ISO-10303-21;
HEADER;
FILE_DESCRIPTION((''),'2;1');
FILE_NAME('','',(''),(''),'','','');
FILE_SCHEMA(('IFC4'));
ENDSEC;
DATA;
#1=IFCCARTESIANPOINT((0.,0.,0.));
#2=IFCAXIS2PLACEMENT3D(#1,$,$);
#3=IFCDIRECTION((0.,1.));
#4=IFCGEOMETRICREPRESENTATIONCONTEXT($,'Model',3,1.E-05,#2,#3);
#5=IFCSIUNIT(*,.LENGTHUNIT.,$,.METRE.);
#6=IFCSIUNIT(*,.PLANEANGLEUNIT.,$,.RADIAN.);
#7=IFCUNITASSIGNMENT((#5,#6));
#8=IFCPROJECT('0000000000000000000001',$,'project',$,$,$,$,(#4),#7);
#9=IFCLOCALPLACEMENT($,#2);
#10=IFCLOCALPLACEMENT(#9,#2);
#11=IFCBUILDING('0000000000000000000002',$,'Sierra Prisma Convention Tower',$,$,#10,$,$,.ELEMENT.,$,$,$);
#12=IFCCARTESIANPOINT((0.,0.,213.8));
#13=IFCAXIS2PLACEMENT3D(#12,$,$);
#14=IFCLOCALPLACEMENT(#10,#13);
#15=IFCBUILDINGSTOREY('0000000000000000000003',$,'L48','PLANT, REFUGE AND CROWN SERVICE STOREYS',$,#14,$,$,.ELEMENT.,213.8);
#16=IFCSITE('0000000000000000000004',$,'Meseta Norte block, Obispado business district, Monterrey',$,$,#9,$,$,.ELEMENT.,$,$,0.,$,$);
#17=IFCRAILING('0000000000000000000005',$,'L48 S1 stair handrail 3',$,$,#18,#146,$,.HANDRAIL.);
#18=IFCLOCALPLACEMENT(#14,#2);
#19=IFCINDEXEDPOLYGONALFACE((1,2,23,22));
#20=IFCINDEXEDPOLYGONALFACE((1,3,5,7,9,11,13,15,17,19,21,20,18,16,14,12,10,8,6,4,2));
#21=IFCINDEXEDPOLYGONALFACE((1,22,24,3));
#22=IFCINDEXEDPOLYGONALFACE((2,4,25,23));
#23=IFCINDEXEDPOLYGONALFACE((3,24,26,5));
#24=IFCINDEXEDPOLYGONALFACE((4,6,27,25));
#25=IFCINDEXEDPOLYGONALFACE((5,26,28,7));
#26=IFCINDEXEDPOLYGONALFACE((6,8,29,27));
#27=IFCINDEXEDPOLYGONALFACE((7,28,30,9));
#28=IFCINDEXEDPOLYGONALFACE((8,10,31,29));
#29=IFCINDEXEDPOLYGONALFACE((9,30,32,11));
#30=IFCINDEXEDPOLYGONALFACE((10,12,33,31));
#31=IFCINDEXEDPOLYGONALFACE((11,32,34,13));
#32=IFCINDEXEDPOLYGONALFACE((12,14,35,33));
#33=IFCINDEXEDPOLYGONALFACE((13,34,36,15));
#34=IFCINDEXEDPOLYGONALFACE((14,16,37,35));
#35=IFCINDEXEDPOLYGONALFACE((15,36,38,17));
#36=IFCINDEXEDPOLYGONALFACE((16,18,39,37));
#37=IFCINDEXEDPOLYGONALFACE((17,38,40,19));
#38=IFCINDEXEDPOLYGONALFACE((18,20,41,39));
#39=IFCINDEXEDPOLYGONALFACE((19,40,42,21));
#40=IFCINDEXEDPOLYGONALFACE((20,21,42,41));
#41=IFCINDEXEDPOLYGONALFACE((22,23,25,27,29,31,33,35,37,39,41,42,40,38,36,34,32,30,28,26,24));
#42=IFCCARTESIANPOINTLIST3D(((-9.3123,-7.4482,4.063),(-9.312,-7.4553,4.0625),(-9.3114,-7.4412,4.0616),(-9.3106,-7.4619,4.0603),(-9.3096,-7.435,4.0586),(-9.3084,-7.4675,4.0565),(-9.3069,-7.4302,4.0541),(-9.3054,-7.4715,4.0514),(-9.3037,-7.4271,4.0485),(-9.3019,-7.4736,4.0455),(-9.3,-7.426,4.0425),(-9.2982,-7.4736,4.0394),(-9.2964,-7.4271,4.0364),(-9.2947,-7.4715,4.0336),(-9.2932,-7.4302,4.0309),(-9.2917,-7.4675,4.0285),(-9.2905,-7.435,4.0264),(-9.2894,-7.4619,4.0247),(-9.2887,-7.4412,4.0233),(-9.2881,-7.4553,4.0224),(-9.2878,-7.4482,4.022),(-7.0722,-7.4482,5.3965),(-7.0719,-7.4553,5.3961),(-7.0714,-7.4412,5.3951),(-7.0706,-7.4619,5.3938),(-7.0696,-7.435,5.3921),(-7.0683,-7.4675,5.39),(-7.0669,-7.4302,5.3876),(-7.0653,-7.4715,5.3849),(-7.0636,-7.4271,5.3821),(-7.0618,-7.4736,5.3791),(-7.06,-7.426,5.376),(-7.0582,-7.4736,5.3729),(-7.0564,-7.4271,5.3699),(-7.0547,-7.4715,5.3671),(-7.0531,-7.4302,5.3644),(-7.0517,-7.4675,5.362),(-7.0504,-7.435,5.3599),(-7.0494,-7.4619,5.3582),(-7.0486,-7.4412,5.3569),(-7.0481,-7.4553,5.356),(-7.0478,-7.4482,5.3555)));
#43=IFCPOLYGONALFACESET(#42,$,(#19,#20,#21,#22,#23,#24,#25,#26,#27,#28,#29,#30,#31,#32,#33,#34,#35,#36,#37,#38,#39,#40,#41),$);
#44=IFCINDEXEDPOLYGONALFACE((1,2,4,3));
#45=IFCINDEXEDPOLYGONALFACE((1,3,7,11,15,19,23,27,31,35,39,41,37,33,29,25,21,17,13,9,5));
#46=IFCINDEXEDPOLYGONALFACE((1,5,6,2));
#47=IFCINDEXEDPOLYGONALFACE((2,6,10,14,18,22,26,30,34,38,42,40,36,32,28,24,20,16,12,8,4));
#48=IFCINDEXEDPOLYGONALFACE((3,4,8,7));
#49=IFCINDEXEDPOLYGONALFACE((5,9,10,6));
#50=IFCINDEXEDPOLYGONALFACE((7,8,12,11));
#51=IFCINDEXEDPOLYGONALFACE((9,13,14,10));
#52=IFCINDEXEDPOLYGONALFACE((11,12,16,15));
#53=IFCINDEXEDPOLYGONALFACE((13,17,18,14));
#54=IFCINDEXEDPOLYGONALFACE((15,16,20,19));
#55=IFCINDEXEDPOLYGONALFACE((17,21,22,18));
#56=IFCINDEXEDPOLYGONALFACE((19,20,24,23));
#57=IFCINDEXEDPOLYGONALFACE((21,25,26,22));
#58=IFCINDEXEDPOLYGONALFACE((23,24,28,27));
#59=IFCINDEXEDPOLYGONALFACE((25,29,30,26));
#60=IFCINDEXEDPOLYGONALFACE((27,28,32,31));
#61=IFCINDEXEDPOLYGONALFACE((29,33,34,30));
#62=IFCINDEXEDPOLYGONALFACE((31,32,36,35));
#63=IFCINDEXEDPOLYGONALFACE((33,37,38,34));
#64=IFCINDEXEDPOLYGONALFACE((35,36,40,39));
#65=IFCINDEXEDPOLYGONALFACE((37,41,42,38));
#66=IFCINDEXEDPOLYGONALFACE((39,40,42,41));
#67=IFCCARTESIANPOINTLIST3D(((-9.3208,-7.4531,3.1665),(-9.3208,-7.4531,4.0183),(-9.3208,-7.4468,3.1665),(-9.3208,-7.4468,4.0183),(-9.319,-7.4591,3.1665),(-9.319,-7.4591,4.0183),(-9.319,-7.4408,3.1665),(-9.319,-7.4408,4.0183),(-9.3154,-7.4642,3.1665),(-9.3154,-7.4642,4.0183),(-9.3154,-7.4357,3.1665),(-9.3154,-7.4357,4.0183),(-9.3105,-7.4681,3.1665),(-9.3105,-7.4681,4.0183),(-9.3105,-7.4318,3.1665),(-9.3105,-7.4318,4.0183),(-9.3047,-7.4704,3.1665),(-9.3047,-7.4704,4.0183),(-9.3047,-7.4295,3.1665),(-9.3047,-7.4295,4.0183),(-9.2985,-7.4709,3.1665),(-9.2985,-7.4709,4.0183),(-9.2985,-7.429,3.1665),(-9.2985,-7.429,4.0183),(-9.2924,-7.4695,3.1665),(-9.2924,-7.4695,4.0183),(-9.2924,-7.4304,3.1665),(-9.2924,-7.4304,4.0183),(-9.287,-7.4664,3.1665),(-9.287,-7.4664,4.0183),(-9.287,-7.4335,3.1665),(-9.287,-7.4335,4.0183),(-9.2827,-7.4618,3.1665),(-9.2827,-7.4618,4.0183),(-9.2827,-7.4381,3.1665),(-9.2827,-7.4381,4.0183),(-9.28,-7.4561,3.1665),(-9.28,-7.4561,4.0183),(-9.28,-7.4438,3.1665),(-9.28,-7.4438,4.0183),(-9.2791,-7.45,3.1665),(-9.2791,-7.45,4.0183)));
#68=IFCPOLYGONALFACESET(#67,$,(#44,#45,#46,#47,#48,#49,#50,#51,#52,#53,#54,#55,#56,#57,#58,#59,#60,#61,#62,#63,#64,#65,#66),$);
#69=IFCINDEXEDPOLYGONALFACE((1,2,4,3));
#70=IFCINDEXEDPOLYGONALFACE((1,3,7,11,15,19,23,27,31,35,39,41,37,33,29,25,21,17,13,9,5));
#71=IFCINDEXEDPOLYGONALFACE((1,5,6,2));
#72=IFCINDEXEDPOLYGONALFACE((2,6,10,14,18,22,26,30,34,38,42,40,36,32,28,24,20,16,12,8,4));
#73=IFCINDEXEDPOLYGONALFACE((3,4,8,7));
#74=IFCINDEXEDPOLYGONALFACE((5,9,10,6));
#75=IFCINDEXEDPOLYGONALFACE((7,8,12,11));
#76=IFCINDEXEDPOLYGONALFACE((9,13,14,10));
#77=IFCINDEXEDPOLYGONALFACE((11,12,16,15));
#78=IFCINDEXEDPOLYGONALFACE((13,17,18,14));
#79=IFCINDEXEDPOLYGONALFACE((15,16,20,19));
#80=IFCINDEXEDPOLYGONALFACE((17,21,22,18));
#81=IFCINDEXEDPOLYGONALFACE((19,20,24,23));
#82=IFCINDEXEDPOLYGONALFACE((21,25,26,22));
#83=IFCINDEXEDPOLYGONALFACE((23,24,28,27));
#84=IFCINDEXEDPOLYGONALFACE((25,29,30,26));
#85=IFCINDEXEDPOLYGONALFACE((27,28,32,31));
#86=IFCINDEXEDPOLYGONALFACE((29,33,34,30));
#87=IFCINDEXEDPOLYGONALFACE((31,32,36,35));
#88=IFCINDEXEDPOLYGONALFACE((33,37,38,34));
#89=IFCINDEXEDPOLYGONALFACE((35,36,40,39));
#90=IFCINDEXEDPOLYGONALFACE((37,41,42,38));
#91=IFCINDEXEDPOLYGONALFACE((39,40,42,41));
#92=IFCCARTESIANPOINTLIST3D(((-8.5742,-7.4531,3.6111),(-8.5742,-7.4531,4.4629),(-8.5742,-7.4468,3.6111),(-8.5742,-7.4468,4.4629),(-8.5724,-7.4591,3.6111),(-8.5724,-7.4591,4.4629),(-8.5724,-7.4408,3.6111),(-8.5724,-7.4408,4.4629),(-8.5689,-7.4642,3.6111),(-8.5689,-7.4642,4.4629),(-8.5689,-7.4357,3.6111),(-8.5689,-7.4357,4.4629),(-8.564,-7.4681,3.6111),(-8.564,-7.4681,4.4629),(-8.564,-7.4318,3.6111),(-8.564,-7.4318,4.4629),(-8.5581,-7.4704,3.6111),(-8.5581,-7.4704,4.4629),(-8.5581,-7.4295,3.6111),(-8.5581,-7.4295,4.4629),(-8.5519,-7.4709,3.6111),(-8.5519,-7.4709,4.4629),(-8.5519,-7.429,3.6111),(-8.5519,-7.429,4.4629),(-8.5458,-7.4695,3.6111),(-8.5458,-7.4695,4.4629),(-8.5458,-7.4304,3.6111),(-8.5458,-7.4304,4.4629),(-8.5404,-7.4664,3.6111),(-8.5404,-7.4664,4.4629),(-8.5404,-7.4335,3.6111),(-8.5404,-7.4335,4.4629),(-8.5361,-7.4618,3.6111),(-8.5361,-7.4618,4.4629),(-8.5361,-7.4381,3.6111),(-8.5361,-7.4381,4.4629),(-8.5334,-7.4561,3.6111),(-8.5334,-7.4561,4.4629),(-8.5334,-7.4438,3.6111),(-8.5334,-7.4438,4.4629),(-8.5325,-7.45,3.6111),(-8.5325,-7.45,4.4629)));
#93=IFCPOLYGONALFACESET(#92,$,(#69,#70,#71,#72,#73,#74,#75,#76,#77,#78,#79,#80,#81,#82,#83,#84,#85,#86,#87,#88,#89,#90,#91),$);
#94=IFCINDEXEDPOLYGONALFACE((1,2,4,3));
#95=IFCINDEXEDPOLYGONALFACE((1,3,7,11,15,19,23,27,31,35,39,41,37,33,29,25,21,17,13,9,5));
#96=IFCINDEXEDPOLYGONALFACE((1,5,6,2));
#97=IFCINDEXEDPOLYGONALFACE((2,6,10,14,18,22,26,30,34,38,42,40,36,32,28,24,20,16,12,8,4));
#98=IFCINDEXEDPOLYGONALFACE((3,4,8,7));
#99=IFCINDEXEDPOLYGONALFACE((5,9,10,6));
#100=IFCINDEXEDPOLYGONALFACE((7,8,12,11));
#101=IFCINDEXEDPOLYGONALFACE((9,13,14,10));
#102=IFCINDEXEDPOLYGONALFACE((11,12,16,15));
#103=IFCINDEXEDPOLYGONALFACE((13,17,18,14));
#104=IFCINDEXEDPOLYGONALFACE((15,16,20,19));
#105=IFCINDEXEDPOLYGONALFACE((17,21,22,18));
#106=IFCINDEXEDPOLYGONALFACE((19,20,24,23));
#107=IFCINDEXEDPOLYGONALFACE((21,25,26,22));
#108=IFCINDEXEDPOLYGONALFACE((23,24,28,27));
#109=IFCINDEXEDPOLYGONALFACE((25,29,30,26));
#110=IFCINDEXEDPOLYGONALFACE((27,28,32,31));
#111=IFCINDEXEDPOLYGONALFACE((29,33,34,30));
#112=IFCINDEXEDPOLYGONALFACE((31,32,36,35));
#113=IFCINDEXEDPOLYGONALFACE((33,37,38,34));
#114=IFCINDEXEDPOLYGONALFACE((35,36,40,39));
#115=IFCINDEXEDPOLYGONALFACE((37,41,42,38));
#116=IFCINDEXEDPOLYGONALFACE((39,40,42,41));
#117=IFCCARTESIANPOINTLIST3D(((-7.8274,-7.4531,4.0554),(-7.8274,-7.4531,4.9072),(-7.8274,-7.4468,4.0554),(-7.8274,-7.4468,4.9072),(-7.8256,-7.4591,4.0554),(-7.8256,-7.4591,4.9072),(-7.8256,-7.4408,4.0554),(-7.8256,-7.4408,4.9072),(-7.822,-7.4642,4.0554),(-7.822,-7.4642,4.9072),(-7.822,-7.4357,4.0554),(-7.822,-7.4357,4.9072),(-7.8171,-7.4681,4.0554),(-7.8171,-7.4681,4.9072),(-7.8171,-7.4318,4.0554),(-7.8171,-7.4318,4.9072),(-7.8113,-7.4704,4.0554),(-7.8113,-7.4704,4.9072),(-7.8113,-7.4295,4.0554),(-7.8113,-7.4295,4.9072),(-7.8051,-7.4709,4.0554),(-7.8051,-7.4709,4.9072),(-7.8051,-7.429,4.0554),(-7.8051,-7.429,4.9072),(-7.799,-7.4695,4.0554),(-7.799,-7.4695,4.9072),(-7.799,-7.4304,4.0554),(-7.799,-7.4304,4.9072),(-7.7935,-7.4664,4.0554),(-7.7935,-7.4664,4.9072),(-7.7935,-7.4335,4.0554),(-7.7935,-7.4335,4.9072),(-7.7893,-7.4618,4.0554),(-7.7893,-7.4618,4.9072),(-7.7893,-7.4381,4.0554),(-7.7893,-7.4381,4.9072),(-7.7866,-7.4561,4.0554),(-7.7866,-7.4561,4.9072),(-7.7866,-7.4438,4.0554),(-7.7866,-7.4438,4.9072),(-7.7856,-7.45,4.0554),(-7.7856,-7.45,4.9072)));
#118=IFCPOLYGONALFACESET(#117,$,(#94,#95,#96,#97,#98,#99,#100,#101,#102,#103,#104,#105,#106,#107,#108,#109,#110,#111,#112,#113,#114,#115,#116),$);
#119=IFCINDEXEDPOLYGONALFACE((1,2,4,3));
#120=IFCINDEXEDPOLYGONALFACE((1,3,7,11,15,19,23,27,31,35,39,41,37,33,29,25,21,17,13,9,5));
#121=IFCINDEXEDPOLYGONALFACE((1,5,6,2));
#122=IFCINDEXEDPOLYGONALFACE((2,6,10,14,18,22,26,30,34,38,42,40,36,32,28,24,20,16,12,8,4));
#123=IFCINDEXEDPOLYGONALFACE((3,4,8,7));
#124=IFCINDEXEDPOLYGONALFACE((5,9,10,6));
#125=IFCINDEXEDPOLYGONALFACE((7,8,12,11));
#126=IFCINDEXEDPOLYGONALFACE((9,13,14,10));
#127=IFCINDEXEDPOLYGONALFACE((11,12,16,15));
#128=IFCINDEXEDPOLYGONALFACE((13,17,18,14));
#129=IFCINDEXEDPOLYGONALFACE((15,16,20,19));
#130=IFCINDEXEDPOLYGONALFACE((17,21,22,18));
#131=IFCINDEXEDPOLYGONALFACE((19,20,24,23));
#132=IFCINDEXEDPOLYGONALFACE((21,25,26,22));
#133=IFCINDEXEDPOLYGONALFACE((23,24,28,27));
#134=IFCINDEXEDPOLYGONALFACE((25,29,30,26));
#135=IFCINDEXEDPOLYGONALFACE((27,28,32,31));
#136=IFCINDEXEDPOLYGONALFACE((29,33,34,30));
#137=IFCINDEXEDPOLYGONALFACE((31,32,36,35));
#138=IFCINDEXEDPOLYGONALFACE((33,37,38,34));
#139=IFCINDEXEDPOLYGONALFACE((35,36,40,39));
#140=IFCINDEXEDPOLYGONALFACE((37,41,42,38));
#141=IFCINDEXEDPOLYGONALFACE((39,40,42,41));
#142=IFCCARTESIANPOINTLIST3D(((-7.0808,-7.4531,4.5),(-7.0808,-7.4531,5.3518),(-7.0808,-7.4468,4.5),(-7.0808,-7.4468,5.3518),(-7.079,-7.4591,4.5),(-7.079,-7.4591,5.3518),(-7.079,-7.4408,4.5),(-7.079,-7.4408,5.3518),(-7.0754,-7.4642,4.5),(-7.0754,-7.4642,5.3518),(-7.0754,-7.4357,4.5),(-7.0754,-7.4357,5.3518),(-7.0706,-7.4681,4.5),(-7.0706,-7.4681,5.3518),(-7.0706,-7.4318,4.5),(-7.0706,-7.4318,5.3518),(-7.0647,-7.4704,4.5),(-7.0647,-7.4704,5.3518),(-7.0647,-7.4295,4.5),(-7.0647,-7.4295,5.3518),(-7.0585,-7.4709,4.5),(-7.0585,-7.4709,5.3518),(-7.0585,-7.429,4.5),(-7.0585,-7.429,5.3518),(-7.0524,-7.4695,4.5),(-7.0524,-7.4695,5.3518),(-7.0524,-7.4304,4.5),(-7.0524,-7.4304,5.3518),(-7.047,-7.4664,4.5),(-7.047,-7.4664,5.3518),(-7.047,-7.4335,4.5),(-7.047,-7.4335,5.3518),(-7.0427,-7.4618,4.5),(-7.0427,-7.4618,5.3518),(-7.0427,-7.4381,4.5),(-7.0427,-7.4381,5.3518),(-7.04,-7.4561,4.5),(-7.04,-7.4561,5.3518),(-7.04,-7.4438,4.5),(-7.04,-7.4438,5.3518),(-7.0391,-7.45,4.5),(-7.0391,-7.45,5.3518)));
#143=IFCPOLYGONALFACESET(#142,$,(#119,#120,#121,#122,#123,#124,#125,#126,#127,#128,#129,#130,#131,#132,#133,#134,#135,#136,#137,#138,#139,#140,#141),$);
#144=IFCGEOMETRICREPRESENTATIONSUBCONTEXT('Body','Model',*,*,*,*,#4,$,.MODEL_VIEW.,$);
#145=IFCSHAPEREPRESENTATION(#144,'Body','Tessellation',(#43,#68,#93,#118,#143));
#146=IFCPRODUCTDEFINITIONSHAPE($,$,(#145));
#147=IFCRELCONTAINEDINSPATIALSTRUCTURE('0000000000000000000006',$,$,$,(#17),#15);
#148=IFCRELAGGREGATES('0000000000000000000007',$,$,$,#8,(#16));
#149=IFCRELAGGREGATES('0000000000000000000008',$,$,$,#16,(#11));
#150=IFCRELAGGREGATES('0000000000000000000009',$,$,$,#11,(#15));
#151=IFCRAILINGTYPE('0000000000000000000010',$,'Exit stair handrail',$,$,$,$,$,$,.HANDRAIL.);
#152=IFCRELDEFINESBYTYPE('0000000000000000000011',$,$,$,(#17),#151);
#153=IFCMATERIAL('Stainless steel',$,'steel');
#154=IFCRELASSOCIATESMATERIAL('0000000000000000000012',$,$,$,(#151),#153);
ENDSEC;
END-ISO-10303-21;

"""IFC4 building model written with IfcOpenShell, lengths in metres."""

from ifc_helpers import new_model, si_unit, direction, frame, origin, origin_2d, place, context, subcontext, project, spatial, circle, extrude, material, type_object, element, save


model = new_model("IFC4")

# Units and contexts
model_context = context("Model", 3, precision=1e-05, world=origin(), true_north=direction((0.0, 1.0)))
body_context = subcontext(model_context, "Body", "Model", "MODEL_VIEW")
ifc_project = project(units=[si_unit("LENGTHUNIT", "METRE"), si_unit("PLANEANGLEUNIT", "RADIAN")], contexts=[model_context])

# Site, building, storey
site_placement = place(None, origin())
site = spatial("IfcSite", under=ifc_project, at=site_placement, Name="Meseta Norte block, Obispado business district, Monterrey", CompositionType="ELEMENT", RefElevation=0.0)
building_placement = place(site_placement, origin())
building = spatial("IfcBuilding", under=site, at=building_placement, Name="Sierra Prisma Convention Tower", CompositionType="ELEMENT")
storey_placement = place(building_placement, frame((0.0, 0.0, 213.8)))
storey = spatial("IfcBuildingStorey", under=building, at=storey_placement, Name="L48", Description="PLANT, REFUGE AND CROWN SERVICE STOREYS", CompositionType="ELEMENT", Elevation=213.8)

# Railing
ifc_material_1 = material(Name="Stainless steel", Category="steel")
railing_type = type_object("IfcRailingType", Name="Exit stair handrail", PredefinedType="HANDRAIL", material=ifc_material_1)
for number, where, name in (
    (1, (-9.3, -7.45, 3.1665), "L48 S1 stair handrail 3"),
):
    element("IfcRailing", number, at=place(storey_placement, frame(where)), inside=storey, type_object=railing_type, Name=name, PredefinedType="HANDRAIL", context=body_context, shape_type="SweptSolid", body=[
        extrude(circle(Radius=0.0239, at=origin_2d()), frame((0.0, 0.0, 0.876), z_axis=(0.859264, 0.0, 0.511532), x_axis=(0.0, 1.0, 0.0)), (0.0, 0.0, 1.0), 2.6069),
        extrude(circle(Radius=0.021, at=origin_2d()), origin(), (0.0, 0.0, 1.0), 0.8518),
        extrude(circle(Radius=0.021, at=origin_2d()), frame((0.7466, 0.0, 0.4446)), (0.0, 0.0, 1.0), 0.8518),
        extrude(circle(Radius=0.021, at=origin_2d()), frame((1.4934, 0.0, 0.8889)), (0.0, 0.0, 1.0), 0.8518),
        extrude(circle(Radius=0.021, at=origin_2d()), frame((2.24, 0.0, 1.3335)), (0.0, 0.0, 1.0), 0.8518),
    ])

save(model, "model.ifc")
